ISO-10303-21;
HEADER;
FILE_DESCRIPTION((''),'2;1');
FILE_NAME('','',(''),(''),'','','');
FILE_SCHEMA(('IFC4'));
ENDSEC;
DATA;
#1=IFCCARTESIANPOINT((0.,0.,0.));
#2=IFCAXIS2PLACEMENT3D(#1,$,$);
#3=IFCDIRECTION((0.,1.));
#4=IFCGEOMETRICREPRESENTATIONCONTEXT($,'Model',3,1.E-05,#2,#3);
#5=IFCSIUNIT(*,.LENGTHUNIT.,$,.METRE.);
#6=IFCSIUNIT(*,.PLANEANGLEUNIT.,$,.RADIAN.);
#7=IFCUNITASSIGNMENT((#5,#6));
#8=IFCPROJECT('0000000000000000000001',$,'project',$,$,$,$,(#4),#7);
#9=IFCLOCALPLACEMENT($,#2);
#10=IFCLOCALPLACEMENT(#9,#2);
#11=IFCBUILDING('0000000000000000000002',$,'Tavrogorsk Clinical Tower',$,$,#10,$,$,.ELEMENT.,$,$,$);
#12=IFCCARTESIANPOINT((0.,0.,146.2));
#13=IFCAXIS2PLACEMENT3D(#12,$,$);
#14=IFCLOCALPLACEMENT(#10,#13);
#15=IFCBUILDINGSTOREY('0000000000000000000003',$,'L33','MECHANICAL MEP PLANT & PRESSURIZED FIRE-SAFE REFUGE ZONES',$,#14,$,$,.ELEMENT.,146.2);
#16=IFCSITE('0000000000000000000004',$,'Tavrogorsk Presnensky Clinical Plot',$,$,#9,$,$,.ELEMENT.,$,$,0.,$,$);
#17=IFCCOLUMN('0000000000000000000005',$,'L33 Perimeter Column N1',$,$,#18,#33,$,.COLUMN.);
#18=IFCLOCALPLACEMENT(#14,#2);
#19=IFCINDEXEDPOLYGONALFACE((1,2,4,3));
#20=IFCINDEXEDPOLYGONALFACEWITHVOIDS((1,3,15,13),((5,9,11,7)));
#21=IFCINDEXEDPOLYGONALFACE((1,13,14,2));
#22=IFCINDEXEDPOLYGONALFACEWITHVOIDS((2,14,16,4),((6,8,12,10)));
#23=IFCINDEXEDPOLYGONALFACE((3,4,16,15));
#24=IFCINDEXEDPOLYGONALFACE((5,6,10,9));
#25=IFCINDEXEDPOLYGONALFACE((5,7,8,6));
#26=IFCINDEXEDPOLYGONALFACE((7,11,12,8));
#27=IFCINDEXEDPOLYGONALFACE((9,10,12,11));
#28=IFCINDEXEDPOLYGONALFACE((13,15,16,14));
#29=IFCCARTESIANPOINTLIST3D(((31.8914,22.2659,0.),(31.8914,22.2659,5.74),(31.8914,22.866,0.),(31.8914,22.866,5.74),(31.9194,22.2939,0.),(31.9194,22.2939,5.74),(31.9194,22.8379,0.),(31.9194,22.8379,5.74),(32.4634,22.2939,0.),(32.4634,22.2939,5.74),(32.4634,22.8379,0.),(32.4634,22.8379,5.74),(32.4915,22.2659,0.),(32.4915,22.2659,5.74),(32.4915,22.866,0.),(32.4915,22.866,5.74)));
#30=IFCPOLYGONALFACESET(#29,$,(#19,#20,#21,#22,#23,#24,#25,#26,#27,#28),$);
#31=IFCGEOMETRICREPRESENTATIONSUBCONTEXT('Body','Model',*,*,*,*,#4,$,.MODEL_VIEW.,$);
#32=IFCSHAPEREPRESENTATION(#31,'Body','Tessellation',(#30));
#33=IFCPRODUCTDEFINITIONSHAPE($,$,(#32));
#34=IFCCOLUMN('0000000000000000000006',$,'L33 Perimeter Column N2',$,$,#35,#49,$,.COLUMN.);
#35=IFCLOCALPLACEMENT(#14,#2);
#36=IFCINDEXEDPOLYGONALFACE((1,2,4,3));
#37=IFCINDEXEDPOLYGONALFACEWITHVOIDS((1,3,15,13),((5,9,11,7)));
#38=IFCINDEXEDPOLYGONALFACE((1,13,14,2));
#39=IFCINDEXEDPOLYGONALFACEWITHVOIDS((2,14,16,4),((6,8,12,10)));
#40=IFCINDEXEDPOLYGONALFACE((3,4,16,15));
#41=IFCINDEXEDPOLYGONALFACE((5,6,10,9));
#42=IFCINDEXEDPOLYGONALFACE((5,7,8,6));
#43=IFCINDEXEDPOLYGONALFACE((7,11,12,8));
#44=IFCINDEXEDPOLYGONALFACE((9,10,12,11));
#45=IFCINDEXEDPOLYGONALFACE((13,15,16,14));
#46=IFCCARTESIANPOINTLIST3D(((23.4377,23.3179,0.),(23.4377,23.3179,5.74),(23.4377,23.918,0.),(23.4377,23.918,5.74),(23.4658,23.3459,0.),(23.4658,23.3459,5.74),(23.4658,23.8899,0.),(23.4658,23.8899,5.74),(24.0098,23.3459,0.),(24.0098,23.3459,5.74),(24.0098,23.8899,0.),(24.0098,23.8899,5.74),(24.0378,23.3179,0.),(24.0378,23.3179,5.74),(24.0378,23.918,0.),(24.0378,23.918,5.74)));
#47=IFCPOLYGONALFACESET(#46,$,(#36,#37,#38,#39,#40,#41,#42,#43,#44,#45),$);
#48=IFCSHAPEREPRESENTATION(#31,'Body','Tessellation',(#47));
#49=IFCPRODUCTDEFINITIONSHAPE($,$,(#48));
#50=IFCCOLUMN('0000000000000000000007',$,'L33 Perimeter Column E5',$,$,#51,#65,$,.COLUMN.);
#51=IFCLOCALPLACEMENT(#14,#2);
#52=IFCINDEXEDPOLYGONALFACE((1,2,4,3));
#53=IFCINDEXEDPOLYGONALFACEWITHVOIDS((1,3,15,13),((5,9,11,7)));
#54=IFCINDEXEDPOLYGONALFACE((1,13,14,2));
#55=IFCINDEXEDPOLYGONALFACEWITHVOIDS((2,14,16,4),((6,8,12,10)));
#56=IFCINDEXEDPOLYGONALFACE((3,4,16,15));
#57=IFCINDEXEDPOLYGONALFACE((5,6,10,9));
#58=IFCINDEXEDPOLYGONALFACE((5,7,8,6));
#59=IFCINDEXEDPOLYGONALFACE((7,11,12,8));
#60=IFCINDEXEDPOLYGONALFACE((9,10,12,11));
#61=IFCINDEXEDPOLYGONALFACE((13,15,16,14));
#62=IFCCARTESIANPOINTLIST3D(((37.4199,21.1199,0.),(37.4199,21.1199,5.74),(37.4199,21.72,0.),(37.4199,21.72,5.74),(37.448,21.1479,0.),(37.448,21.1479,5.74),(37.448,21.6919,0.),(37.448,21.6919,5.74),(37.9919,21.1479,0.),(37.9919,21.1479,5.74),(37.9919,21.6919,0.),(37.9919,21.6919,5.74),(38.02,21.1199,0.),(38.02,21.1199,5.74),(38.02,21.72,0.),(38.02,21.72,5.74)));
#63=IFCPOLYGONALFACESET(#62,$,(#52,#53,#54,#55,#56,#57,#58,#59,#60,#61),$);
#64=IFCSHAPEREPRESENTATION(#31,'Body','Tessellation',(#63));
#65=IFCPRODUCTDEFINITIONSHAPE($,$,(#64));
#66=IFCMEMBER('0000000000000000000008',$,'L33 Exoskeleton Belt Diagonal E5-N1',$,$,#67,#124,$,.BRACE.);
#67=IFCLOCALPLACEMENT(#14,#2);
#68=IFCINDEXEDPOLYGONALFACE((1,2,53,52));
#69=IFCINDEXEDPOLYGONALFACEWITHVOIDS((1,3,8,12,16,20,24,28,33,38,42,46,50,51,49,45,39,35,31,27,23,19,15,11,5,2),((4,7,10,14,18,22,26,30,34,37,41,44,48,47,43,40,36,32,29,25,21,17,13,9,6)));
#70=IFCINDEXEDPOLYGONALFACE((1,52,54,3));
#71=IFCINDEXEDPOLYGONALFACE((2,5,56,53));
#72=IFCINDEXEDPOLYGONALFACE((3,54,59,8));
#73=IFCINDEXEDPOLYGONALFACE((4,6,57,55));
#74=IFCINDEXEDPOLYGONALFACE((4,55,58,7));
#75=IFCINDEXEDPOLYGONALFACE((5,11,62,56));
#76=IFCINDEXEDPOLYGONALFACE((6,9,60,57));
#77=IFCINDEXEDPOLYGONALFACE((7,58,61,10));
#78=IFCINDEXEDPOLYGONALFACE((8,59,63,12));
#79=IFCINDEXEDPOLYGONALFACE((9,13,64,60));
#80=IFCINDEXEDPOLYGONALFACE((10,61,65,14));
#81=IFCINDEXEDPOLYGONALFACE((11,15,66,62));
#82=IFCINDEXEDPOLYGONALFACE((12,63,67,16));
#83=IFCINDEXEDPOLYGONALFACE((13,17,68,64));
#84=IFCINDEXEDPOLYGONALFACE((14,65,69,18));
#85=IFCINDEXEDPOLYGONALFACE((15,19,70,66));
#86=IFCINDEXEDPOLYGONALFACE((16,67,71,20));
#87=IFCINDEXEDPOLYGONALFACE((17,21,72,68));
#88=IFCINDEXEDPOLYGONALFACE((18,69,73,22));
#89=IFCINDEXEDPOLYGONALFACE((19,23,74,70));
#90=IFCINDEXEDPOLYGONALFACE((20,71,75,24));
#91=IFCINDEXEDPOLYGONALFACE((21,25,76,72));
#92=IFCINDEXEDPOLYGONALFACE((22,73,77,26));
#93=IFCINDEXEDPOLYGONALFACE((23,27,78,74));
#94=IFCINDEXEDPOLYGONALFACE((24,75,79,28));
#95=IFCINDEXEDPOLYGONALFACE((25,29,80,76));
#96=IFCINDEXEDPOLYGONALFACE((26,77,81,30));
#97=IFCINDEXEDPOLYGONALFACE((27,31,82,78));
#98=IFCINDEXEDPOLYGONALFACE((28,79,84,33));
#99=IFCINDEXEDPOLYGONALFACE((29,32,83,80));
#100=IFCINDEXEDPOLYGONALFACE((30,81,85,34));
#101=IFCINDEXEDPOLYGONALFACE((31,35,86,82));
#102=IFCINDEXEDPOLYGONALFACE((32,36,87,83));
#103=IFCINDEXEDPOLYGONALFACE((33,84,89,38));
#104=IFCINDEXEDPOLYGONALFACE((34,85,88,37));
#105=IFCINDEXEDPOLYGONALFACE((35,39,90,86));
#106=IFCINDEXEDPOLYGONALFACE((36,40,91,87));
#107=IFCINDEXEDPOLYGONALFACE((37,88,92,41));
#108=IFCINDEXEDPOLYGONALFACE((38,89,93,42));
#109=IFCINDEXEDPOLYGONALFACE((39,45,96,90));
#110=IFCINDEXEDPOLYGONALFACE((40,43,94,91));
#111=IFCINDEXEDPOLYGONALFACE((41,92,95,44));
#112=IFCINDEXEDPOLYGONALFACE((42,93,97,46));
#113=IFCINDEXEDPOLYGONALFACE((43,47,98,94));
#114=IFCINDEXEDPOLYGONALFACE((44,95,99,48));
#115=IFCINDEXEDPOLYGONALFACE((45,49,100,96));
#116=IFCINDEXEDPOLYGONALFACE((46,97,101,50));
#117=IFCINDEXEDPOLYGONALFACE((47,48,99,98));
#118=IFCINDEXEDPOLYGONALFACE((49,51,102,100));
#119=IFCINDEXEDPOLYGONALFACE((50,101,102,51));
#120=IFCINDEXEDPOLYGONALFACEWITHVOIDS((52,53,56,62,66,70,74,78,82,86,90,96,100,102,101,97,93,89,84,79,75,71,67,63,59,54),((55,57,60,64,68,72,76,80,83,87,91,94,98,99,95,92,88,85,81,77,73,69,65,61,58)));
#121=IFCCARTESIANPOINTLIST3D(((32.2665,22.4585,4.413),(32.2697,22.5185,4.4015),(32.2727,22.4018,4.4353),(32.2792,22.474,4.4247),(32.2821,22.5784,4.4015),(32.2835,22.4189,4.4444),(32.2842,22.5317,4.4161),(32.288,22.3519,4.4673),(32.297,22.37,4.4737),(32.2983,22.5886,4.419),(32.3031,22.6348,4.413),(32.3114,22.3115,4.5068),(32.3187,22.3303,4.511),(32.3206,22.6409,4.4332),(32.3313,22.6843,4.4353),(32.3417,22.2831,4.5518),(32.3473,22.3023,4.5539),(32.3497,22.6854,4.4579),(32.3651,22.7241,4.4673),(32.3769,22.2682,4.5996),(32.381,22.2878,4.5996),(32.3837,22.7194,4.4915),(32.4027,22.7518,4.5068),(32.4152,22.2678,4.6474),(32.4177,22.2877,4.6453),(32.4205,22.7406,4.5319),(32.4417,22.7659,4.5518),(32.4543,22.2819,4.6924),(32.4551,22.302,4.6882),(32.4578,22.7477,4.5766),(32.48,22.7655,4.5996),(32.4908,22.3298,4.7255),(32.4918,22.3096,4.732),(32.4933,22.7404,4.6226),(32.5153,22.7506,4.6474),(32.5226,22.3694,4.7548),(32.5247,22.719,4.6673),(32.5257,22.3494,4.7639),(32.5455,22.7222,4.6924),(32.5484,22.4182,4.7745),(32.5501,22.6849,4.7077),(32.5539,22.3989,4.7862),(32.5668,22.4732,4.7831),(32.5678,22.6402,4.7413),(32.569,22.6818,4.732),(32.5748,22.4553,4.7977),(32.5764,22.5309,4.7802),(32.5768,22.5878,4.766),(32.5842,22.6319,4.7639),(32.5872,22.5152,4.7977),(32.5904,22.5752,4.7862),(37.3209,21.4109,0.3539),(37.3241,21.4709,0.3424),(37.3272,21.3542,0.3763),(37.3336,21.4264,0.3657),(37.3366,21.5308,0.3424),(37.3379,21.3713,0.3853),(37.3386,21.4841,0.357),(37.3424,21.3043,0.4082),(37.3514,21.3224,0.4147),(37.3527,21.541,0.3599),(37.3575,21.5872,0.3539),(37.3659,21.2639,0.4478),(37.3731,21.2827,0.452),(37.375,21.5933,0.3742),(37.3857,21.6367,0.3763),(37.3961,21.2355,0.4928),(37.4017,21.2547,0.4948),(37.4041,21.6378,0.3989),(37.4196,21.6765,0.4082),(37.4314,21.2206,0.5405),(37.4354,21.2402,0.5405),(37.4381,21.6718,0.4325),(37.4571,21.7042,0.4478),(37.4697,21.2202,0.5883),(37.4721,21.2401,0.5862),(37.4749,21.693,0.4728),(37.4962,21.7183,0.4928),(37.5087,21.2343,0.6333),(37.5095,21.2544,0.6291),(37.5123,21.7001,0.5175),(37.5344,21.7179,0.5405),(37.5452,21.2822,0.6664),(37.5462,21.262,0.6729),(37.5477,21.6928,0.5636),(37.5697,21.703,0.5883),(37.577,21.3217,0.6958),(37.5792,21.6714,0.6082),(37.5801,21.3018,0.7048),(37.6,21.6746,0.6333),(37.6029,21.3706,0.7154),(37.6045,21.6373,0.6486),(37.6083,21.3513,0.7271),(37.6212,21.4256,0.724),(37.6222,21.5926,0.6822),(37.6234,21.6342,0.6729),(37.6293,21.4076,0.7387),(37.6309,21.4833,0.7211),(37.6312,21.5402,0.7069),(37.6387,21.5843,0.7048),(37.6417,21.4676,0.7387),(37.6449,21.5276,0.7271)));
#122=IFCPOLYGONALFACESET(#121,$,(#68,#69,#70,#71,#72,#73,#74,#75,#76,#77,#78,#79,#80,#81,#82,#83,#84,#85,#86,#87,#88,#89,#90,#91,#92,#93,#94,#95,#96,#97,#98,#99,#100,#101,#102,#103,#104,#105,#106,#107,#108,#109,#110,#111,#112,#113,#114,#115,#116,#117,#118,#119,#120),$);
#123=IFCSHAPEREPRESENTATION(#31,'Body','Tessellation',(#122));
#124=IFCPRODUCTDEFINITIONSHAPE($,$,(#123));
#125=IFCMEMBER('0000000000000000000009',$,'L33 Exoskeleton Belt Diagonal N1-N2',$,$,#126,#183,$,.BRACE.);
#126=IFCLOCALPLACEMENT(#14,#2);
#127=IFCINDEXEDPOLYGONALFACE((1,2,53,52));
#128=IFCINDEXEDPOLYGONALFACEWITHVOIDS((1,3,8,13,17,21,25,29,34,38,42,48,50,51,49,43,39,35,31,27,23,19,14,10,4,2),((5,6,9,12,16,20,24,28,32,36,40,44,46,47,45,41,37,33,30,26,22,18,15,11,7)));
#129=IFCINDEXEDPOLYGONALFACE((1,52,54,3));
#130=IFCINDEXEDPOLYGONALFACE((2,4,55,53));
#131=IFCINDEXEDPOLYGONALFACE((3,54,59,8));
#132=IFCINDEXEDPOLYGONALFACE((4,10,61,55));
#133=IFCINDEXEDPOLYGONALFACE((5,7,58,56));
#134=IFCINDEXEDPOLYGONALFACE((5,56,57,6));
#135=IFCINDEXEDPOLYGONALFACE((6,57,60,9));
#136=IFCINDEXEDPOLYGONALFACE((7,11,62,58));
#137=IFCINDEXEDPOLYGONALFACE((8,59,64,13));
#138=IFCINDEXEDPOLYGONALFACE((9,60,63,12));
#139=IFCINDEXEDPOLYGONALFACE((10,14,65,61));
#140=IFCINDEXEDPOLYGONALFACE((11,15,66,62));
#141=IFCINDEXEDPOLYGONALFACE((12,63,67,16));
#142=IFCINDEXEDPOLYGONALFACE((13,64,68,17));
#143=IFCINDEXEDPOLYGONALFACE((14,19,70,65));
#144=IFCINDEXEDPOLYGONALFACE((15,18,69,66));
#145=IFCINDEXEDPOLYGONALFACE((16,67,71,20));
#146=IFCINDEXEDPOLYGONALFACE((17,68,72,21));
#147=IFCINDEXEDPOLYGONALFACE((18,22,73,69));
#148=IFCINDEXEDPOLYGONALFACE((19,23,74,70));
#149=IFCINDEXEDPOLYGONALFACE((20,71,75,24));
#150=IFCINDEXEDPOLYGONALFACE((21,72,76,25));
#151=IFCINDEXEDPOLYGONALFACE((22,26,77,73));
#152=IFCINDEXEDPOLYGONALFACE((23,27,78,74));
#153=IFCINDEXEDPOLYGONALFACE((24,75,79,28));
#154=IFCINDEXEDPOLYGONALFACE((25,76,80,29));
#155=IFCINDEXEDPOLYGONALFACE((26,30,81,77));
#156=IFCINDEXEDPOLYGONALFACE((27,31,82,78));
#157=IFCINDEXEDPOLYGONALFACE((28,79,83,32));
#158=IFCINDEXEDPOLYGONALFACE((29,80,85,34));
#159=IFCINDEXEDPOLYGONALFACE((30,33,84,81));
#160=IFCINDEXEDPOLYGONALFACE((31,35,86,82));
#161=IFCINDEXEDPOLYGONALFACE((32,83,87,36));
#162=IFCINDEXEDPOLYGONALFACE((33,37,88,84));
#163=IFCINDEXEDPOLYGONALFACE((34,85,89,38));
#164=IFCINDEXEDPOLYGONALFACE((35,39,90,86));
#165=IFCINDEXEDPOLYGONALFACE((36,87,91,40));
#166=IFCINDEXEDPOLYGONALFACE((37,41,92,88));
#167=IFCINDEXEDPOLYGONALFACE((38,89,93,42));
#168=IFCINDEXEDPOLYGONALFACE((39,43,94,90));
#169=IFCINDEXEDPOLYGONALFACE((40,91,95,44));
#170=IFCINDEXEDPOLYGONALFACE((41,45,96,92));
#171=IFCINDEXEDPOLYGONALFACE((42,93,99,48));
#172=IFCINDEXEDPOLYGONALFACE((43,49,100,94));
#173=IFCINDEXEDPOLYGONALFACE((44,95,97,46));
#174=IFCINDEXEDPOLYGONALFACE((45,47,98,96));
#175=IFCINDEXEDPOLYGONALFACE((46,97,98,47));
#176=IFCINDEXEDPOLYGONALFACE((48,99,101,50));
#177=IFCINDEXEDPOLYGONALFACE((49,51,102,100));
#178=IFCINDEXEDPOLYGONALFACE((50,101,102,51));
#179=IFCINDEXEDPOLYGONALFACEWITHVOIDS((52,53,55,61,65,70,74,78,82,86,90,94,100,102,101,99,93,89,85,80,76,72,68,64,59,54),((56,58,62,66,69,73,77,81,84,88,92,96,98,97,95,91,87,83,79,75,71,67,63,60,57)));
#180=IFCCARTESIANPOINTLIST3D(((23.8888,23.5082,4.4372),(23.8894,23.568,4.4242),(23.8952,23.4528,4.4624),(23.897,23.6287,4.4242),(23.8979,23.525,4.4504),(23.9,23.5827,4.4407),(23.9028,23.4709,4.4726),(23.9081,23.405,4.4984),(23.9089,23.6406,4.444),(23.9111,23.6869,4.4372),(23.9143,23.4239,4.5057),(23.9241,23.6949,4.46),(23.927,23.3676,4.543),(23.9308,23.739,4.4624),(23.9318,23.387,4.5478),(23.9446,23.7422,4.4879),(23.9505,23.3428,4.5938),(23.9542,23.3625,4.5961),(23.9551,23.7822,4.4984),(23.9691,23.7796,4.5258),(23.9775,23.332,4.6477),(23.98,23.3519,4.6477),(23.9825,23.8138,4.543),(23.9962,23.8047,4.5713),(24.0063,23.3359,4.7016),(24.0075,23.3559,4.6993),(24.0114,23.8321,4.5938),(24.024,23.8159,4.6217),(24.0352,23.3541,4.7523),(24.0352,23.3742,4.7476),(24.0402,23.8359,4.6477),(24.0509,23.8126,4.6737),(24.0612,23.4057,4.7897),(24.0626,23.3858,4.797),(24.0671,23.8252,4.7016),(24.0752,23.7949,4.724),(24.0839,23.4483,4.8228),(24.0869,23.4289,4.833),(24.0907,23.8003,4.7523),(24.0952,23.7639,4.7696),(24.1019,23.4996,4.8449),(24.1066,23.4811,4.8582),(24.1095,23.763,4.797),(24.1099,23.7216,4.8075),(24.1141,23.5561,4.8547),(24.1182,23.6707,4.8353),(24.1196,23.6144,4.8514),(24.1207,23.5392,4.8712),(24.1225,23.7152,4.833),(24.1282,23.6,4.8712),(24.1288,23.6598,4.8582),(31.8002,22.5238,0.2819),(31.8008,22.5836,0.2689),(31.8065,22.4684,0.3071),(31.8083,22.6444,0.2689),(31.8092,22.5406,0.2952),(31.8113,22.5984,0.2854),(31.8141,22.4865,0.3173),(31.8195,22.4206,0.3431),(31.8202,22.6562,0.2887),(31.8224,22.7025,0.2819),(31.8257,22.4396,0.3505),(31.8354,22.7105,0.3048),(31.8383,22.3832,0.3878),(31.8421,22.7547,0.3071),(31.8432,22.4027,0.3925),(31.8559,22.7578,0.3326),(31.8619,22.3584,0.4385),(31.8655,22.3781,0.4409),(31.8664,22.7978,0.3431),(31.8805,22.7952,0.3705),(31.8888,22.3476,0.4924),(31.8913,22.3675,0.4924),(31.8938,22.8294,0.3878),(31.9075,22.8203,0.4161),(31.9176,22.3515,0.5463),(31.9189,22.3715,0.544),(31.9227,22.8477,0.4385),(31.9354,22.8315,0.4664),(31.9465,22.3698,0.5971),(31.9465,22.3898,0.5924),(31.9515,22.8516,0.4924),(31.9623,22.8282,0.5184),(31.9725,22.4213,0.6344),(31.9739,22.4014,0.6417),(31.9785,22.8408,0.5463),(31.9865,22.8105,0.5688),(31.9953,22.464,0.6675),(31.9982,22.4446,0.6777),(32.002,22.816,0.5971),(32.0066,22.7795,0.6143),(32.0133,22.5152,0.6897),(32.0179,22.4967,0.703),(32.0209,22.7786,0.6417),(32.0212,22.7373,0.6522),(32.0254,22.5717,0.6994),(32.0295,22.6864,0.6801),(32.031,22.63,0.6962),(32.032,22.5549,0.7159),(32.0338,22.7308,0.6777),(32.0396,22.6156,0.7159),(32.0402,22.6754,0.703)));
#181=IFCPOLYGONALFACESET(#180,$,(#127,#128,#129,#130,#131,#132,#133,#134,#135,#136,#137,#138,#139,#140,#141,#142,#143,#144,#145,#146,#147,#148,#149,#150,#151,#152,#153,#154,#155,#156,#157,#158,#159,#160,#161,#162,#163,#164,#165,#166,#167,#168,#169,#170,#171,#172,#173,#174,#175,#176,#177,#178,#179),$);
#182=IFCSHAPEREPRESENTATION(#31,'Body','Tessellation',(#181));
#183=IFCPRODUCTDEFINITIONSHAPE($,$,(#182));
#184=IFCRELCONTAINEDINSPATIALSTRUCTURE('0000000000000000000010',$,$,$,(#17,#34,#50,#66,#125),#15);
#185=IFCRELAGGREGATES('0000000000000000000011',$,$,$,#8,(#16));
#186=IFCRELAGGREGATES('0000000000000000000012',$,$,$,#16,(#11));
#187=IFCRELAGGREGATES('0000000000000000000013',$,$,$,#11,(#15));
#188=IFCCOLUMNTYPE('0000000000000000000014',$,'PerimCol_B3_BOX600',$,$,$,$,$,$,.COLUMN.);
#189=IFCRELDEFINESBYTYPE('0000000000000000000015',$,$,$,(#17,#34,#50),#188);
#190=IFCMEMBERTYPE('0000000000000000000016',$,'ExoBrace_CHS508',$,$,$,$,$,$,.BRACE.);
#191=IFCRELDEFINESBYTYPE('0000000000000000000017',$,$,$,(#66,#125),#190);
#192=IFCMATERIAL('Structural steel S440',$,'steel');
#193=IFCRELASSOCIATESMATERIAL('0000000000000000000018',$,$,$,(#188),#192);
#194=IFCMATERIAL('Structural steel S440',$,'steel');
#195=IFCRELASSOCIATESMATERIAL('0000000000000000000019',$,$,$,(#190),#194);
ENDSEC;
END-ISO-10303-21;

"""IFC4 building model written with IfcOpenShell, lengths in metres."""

from ifc_helpers import new_model, si_unit, direction, frame, origin, origin_2d, place, context, subcontext, project, spatial, hollow_rectangle, hollow_circle, extrude, material, material_profile, profile_set, type_object, element, save


model = new_model("IFC4")

# Units and contexts
model_context = context("Model", 3, precision=1e-05, world=origin(), true_north=direction((0.0, 1.0)))
body_context = subcontext(model_context, "Body", "Model", "MODEL_VIEW")
ifc_project = project(units=[si_unit("LENGTHUNIT", "METRE"), si_unit("PLANEANGLEUNIT", "RADIAN")], contexts=[model_context])

# Site, building, storey
site_placement = place(None, origin())
site = spatial("IfcSite", under=ifc_project, at=site_placement, Name="Tavrogorsk Presnensky Clinical Plot", CompositionType="ELEMENT", RefElevation=0.0)
building_placement = place(site_placement, origin())
building = spatial("IfcBuilding", under=site, at=building_placement, Name="Tavrogorsk Clinical Tower", CompositionType="ELEMENT")
storey_placement = place(building_placement, frame((0.0, 0.0, 146.2)))
storey = spatial("IfcBuildingStorey", under=building, at=storey_placement, Name="L33", Description="MECHANICAL MEP PLANT & PRESSURIZED FIRE-SAFE REFUGE ZONES", CompositionType="ELEMENT", Elevation=146.2)

# Columns
ifc_material_1 = material(Name="Structural steel S440", Category="steel")
ifc_material_profile_1 = material_profile(ifc_material_1, hollow_rectangle(XDim=0.6001, YDim=0.6001, WallThickness=0.0281, at=origin_2d()), Name="BOX-600x600x28")
ifc_profile_set_1 = profile_set([ifc_material_profile_1], Name="Structural steel S440")
column_type = type_object("IfcColumnType", Name="PerimCol_B3_BOX600", PredefinedType="COLUMN", material=ifc_profile_set_1)
for number, where, z_axis, x_axis, name in (
    (1, (32.1914, 22.5659, 0.0), (0.0, 0.0, 1.0), (1.0, 0.0, 0.0), "L33 Perimeter Column N1"),
    (2, (23.7378, 23.6179, 0.0), (0.0, 0.0, 1.0), (1.0, 0.0, 0.0), "L33 Perimeter Column N2"),
    (3, (37.72, 21.4199, 0.0), (0.0, 0.0, 1.0), (1.0, 0.0, 0.0), "L33 Perimeter Column E5"),
):
    element("IfcColumn", number, at=place(storey_placement, frame(where, z_axis=z_axis, x_axis=x_axis)), inside=storey, type_object=column_type, Name=name, PredefinedType="COLUMN", context=body_context, shape_type="SweptSolid", body=[
        extrude(hollow_rectangle(XDim=0.6001, YDim=0.6001, WallThickness=0.0281, at=origin_2d()), origin(), (0.0, 0.0, 1.0), 5.74),
    ])

# Members
ifc_material_2 = material(Name="Structural steel S440", Category="steel")
ifc_material_profile_2 = material_profile(ifc_material_2, hollow_circle(Radius=0.2539, WallThickness=0.02, at=origin_2d()), Name="CHS-508x20")
ifc_profile_set_2 = profile_set([ifc_material_profile_2], Name="Structural steel S440")
member_type_1 = type_object("IfcMemberType", Name="ExoBrace_CHS508", PredefinedType="BRACE", material=ifc_profile_set_2)
member_1_placement = place(storey_placement, frame((37.4829, 21.4692, 0.5405), z_axis=(-0.769713, 0.159534, 0.618135), x_axis=(-0.202951, -0.979189, 0.0)))
element("IfcMember", 4, at=member_1_placement, inside=storey, type_object=member_type_1, Name="L33 Exoskeleton Belt Diagonal E5-N1", PredefinedType="BRACE", context=body_context, shape_type="SweptSolid", body=[
    extrude(hollow_circle(Radius=0.2539, WallThickness=0.02, at=origin_2d()), origin(), (0.0, 0.0, 1.0), 6.5667),
])
member_2_placement = place(storey_placement, frame((31.9202, 22.5996, 0.4924), z_axis=(-0.879992, 0.109493, 0.462196), x_axis=(-0.123473, -0.992348, 0.0)))
element("IfcMember", 5, at=member_2_placement, inside=storey, type_object=member_type_1, Name="L33 Exoskeleton Belt Diagonal N1-N2", PredefinedType="BRACE", context=body_context, shape_type="SweptSolid", body=[
    extrude(hollow_circle(Radius=0.2539, WallThickness=0.02, at=origin_2d()), origin(), (0.0, 0.0, 1.0), 8.9902),
])

save(model, "model.ifc")
